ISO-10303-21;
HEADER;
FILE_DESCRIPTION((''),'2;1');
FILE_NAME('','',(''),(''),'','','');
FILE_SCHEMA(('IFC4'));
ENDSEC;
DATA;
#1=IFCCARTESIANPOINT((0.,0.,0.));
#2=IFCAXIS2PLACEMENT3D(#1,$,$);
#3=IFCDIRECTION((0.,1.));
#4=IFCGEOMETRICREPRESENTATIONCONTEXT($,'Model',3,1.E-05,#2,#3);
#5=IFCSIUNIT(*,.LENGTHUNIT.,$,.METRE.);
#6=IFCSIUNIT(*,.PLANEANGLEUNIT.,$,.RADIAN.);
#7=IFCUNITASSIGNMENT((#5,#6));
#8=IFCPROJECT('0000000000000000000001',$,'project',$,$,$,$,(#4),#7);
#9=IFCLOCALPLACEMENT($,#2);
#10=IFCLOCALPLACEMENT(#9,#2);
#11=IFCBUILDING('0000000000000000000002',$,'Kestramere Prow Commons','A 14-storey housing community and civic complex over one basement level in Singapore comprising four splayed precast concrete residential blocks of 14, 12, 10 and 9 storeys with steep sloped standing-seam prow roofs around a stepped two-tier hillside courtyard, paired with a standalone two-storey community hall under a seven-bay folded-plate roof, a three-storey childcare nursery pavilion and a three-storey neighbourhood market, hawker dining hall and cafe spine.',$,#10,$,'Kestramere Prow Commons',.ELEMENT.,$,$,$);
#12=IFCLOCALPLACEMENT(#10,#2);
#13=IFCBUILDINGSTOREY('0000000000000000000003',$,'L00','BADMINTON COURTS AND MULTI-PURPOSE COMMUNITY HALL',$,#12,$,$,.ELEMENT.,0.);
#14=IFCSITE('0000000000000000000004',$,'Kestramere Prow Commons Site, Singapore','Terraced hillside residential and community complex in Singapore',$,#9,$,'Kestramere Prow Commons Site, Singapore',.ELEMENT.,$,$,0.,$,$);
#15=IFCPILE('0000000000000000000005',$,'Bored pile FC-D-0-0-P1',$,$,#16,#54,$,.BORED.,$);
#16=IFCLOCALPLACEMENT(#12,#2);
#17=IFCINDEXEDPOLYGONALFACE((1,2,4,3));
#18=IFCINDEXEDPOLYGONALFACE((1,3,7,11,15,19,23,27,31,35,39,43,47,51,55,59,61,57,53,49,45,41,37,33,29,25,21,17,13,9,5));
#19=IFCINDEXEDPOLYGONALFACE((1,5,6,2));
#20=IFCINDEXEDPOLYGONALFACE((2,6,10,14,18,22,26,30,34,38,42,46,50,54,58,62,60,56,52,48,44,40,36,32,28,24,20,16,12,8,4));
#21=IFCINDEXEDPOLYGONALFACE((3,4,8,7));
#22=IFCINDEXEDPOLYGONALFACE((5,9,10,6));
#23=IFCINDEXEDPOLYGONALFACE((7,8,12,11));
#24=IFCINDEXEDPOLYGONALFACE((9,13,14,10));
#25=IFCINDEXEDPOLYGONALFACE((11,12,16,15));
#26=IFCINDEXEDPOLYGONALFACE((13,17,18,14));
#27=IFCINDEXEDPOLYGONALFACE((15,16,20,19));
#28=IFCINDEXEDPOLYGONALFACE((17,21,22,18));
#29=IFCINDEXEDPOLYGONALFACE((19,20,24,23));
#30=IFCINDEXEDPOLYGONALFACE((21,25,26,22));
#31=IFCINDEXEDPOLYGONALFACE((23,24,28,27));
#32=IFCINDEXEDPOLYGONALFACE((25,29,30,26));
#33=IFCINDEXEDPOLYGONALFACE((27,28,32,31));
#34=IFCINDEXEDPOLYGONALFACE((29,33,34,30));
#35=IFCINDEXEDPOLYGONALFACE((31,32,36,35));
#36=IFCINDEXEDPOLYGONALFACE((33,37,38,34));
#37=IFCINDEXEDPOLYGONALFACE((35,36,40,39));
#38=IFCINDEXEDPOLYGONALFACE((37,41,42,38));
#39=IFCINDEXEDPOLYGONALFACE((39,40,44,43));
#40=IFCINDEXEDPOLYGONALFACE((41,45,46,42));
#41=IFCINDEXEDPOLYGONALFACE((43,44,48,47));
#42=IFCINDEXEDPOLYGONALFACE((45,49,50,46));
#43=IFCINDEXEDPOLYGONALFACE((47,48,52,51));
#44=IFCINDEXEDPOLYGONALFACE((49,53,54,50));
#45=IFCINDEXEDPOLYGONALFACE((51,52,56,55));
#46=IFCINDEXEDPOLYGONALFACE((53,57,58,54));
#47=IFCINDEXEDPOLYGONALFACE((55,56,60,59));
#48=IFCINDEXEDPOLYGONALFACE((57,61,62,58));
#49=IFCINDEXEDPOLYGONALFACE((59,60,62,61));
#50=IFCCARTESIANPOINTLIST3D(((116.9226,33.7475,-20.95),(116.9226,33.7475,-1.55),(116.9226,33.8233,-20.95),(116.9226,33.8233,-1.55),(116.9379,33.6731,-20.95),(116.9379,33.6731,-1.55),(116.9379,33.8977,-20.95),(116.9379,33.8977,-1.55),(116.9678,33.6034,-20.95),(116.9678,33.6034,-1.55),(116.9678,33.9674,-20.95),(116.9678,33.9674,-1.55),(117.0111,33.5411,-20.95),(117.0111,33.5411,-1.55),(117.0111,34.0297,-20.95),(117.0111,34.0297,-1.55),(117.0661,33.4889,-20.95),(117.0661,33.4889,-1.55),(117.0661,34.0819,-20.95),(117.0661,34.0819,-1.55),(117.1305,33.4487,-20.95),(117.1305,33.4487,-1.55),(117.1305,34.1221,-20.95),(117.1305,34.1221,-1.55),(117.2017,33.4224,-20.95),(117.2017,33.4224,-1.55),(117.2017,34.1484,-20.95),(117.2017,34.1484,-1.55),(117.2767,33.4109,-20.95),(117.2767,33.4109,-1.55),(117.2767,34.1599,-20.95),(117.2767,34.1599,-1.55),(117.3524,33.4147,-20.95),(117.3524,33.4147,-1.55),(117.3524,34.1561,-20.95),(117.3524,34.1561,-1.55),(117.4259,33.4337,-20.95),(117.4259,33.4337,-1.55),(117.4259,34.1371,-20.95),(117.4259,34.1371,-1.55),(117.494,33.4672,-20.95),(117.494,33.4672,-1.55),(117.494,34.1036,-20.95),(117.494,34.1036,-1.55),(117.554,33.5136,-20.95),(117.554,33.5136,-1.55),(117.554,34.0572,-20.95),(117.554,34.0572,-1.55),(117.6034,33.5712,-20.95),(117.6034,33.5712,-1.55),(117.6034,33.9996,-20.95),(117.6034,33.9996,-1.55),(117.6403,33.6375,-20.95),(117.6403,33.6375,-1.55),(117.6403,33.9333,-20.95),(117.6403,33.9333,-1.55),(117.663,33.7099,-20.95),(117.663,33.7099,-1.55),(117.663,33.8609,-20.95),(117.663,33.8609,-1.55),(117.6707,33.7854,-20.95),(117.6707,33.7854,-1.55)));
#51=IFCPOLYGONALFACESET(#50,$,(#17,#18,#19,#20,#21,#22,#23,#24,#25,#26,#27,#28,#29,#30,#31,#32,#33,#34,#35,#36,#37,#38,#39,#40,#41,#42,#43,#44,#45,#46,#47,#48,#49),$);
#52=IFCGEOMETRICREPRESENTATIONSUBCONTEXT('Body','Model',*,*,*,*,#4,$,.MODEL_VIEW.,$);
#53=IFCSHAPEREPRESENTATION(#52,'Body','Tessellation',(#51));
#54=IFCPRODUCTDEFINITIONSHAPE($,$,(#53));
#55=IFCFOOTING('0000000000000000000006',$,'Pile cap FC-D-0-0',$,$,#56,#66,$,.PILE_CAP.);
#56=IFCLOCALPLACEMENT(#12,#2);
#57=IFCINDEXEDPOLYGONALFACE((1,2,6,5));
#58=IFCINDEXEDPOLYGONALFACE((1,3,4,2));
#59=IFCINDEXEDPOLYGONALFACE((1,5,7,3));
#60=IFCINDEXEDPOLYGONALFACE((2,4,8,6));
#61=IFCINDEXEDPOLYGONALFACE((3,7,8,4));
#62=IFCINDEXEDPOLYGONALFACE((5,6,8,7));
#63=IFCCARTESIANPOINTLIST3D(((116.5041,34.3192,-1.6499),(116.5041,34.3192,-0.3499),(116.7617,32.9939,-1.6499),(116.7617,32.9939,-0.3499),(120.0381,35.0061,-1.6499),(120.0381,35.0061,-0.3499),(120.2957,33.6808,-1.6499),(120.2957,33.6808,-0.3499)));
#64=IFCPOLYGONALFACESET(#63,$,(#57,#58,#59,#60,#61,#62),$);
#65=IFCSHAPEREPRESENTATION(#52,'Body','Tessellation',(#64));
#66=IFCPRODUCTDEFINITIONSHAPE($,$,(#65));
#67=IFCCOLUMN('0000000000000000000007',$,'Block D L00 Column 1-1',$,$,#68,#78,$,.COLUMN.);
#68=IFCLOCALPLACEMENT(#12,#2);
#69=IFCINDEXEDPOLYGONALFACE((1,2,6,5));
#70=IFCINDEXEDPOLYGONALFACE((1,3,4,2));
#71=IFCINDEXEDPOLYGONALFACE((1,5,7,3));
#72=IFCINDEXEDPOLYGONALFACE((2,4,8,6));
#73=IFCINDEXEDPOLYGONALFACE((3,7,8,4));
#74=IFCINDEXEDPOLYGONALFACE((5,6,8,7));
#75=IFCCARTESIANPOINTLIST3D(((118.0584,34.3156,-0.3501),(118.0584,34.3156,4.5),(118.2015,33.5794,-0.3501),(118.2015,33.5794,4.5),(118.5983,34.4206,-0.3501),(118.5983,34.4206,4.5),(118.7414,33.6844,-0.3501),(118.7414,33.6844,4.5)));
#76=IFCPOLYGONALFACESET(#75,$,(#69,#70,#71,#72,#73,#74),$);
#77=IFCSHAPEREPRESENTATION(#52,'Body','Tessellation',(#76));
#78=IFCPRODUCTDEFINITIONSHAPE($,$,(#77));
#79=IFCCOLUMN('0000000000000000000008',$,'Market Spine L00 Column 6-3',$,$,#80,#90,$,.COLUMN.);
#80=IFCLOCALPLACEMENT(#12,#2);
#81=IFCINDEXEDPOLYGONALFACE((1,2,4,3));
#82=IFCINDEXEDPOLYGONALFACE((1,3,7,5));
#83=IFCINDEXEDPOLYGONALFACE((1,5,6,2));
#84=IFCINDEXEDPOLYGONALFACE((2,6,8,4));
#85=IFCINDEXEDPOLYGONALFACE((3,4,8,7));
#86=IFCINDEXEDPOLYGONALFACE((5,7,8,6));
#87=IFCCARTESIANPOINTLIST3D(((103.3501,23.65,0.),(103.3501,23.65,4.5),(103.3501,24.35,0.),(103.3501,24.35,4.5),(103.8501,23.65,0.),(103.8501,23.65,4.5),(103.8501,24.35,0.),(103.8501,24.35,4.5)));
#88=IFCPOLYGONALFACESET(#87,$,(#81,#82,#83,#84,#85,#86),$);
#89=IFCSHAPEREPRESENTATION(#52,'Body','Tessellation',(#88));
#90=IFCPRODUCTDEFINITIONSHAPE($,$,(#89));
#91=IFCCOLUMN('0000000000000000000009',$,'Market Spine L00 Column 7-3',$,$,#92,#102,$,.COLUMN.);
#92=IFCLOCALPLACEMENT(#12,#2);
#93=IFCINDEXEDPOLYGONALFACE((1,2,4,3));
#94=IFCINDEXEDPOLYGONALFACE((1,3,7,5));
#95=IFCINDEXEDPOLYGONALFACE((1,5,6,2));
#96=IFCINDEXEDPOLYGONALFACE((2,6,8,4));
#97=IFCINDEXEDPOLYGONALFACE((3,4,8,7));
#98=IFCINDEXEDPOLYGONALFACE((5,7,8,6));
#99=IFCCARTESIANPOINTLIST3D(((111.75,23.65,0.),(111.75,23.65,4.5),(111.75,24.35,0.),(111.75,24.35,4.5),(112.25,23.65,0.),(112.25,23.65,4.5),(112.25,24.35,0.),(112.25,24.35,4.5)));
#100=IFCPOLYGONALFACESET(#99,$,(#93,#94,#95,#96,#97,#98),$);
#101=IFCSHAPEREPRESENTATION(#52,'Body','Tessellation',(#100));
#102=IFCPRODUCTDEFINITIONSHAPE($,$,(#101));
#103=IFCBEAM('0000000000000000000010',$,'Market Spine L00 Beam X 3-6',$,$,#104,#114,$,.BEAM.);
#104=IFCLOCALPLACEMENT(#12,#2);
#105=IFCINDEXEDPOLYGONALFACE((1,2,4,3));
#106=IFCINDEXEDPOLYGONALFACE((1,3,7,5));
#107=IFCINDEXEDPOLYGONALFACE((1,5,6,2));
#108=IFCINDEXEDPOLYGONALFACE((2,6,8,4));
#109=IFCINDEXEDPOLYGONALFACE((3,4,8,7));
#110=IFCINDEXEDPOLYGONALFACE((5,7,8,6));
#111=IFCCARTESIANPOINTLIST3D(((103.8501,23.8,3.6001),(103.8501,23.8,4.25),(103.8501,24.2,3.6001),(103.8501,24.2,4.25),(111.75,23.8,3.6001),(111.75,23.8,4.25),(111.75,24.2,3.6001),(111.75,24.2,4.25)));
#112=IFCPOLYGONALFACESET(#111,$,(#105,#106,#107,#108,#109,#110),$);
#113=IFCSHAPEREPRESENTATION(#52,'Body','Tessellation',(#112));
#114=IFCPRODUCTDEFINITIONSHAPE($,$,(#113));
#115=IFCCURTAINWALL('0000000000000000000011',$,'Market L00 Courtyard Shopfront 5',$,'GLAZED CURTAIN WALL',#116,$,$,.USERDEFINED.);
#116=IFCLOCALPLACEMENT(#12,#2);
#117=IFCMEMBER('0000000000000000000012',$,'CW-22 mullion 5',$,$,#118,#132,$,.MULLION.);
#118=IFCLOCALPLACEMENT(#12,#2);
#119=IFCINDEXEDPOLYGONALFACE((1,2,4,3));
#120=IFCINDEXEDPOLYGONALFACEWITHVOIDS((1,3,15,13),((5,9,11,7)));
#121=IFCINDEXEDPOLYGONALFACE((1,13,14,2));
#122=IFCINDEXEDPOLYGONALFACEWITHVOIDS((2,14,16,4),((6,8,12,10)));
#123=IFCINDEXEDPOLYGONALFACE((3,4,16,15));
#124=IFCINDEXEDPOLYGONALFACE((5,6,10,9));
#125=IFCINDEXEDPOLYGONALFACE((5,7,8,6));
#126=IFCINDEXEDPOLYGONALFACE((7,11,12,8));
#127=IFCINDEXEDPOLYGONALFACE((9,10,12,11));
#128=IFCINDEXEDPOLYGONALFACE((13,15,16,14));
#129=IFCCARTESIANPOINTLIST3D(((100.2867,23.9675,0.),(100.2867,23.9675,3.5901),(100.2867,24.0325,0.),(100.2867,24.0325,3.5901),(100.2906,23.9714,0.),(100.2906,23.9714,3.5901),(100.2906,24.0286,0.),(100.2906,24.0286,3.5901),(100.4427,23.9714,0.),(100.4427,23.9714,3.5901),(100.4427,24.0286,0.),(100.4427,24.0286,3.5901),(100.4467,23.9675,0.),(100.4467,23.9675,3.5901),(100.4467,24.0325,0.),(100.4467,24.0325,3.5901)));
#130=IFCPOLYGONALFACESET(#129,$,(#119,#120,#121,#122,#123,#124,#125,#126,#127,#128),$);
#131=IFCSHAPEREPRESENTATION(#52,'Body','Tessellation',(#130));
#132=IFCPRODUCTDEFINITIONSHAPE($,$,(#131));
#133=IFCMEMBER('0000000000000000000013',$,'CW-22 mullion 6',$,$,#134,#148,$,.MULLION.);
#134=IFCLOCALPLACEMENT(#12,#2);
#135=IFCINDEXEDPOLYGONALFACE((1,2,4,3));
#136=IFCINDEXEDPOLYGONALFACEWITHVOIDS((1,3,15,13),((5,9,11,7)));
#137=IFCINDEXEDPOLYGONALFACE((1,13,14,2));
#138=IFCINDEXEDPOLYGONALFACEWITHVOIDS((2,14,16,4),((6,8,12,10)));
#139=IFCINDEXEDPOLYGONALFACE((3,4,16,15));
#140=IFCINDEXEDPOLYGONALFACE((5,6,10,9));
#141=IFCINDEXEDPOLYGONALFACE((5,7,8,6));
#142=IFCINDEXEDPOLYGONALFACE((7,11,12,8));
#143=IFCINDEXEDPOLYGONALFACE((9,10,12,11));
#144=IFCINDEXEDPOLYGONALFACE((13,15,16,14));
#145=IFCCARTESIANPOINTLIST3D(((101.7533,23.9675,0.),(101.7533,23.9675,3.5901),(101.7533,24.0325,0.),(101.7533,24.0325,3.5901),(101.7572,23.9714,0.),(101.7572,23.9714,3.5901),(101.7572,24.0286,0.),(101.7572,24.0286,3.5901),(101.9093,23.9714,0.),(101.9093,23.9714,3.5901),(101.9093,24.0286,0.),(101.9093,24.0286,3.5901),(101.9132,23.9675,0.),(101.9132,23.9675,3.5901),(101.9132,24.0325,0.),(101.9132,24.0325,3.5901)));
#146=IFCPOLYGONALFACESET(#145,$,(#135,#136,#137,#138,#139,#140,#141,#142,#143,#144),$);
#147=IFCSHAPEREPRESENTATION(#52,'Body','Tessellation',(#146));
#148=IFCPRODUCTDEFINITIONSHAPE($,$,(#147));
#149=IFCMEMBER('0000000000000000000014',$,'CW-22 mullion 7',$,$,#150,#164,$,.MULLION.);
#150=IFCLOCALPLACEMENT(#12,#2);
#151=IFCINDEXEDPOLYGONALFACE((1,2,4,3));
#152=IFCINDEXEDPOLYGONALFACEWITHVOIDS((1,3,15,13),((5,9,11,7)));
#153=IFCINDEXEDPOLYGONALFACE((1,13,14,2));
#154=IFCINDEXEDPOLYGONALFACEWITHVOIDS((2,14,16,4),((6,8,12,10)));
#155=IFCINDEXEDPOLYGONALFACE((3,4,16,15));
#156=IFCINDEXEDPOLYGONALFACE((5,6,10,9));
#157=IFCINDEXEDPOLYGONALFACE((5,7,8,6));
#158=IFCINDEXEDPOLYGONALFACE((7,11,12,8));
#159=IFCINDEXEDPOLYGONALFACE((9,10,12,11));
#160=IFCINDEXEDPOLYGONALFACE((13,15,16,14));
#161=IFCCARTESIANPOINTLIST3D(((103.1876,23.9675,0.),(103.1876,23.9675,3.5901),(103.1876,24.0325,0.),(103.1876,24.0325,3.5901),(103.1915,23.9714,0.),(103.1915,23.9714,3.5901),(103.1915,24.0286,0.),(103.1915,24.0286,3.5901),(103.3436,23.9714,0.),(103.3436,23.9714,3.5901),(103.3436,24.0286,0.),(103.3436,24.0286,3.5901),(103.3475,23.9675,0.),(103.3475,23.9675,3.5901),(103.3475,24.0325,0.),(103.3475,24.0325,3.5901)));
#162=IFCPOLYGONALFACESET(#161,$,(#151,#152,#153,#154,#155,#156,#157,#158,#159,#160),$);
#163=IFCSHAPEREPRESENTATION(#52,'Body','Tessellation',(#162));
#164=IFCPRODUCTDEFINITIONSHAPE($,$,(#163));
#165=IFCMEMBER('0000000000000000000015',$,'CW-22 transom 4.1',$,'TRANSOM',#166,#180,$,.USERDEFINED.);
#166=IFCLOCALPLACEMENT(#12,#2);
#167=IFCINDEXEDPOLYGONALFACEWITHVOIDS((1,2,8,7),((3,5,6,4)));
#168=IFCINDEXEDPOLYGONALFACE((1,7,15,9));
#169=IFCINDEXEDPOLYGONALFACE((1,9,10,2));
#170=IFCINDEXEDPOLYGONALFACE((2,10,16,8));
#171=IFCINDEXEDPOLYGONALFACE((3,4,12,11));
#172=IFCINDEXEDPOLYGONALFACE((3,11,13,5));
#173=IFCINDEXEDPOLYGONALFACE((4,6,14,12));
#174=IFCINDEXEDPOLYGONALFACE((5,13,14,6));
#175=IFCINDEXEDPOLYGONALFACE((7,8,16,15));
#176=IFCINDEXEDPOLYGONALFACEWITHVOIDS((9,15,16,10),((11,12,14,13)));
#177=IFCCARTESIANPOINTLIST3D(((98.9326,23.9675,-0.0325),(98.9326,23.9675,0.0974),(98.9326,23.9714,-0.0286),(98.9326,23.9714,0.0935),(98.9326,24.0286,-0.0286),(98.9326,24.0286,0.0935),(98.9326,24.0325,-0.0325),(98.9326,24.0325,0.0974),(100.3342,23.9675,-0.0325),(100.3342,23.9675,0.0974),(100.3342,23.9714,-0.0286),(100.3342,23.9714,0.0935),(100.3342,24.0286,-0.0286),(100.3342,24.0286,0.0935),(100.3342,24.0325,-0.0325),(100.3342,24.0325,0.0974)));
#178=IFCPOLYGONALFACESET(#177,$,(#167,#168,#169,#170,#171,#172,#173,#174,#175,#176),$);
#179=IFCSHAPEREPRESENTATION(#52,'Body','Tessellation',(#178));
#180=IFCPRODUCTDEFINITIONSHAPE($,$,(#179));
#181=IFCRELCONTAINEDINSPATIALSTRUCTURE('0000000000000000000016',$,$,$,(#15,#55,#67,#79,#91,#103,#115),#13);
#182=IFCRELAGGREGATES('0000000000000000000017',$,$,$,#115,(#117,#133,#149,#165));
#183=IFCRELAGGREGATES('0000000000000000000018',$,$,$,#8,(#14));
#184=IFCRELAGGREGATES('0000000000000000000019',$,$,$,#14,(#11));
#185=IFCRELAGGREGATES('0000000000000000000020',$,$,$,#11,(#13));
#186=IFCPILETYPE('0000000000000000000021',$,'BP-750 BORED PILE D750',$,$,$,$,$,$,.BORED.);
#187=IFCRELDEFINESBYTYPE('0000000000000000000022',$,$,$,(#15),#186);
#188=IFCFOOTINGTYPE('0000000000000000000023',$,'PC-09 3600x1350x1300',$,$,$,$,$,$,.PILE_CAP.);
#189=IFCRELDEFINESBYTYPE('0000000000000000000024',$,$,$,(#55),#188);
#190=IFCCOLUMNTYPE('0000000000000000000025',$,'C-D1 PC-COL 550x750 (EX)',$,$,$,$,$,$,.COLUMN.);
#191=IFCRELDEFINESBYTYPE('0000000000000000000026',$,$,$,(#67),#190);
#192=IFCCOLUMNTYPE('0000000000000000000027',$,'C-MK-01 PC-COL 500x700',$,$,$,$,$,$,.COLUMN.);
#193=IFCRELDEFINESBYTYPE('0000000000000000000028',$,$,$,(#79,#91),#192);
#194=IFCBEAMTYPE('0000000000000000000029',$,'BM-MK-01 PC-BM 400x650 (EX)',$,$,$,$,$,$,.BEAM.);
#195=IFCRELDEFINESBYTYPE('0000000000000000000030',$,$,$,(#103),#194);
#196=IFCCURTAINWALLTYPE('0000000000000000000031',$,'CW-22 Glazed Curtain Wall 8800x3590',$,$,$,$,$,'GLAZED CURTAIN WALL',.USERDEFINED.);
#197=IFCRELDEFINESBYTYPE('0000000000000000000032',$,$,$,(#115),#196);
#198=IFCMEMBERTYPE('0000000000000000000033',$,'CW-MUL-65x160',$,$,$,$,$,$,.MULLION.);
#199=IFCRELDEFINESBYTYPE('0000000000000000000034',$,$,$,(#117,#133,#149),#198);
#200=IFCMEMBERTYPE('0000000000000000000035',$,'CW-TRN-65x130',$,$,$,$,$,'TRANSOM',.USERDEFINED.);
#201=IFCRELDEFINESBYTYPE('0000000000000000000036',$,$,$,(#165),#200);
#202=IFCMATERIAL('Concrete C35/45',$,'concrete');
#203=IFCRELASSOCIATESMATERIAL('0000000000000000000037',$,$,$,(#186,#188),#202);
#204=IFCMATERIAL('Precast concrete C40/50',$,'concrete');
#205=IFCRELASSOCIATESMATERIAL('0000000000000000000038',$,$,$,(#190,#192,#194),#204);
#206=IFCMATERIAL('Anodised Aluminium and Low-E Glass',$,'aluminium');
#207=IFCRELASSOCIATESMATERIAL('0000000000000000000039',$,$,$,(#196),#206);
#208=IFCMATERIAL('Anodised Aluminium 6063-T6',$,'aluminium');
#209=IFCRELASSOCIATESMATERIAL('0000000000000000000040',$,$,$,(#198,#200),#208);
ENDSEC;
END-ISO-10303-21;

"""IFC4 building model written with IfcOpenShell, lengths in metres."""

from ifc_helpers import new_model, si_unit, direction, frame, origin, origin_2d, place, context, subcontext, project, spatial, rectangle, hollow_rectangle, circle, extrude, material, material_profile, profile_set, type_object, element, aggregate, save


model = new_model("IFC4")

# Units and contexts
model_context = context("Model", 3, precision=1e-05, world=origin(), true_north=direction((0.0, 1.0)))
body_context = subcontext(model_context, "Body", "Model", "MODEL_VIEW")
ifc_project = project(units=[si_unit("LENGTHUNIT", "METRE"), si_unit("PLANEANGLEUNIT", "RADIAN")], contexts=[model_context])

# Site, building, storey
site_placement = place(None, origin())
site = spatial("IfcSite", under=ifc_project, at=site_placement, Name="Kestramere Prow Commons Site, Singapore", Description="Terraced hillside residential and community complex in Singapore", LongName="Kestramere Prow Commons Site, Singapore", CompositionType="ELEMENT", RefElevation=0.0)
building_placement = place(site_placement, origin())
building = spatial("IfcBuilding", under=site, at=building_placement, Name="Kestramere Prow Commons", Description="A 14-storey housing community and civic complex over one basement level in Singapore comprising four splayed precast concrete residential blocks of 14, 12, 10 and 9 storeys with steep sloped standing-seam prow roofs around a stepped two-tier hillside courtyard, paired with a standalone two-storey community hall under a seven-bay folded-plate roof, a three-storey childcare nursery pavilion and a three-storey neighbourhood market, hawker dining hall and cafe spine.", LongName="Kestramere Prow Commons", CompositionType="ELEMENT")
storey_placement = place(building_placement, origin())
storey = spatial("IfcBuildingStorey", under=building, at=storey_placement, Name="L00", Description="BADMINTON COURTS AND MULTI-PURPOSE COMMUNITY HALL", CompositionType="ELEMENT", Elevation=0.0)

# Pile
ifc_material_1 = material(Name="Concrete C35/45", Category="concrete")
ifc_material_profile_1 = material_profile(ifc_material_1, circle(Radius=0.375, at=origin_2d()), Name="BORED PILE D750")
ifc_profile_set_1 = profile_set([ifc_material_profile_1], Name="Concrete C35/45")
pile_type = type_object("IfcPileType", Name="BP-750 BORED PILE D750", PredefinedType="BORED", material=ifc_profile_set_1)
pile_placement = place(storey_placement, frame((117.2957, 33.7854, -1.55), z_axis=(0.0, 0.0, -1.0), x_axis=(1.0, 0.0, 0.0)))
element("IfcPile", 1, at=pile_placement, inside=storey, type_object=pile_type, Name="Bored pile FC-D-0-0-P1", PredefinedType="BORED", context=body_context, shape_type="SweptSolid", body=[
    extrude(circle(Radius=0.375, at=origin_2d()), origin(), (0.0, 0.0, 1.0), 19.3999),
])

# Footing
footing_type = type_object("IfcFootingType", Name="PC-09 3600x1350x1300", PredefinedType="PILE_CAP", material=ifc_material_1)
footing_placement = place(storey_placement, frame((118.3999, 34.0, -1.6499), z_axis=(0.0, 0.0, 1.0), x_axis=(0.981627, 0.190809, 0.0)))
element("IfcFooting", 2, at=footing_placement, inside=storey, type_object=footing_type, Name="Pile cap FC-D-0-0", PredefinedType="PILE_CAP", context=body_context, shape_type="SweptSolid", body=[
    extrude(rectangle(XDim=3.6001, YDim=1.3501, at=origin_2d()), origin(), (0.0, 0.0, 1.0), 1.3),
])

# Columns
ifc_material_2 = material(Name="Precast concrete C40/50", Category="concrete")
ifc_material_profile_2 = material_profile(ifc_material_2, rectangle(XDim=0.55, YDim=0.75, at=origin_2d()), Name="PC-COL 550x750")
ifc_profile_set_2 = profile_set([ifc_material_profile_2], Name="Precast concrete C40/50")
column_type_1 = type_object("IfcColumnType", Name="C-D1 PC-COL 550x750 (EX)", PredefinedType="COLUMN", material=ifc_profile_set_2)
column_placement = place(storey_placement, frame((118.3999, 34.0, -0.3501), z_axis=(0.0, 0.0, 1.0), x_axis=(0.981627, 0.190809, 0.0)))
element("IfcColumn", 3, at=column_placement, inside=storey, type_object=column_type_1, Name="Block D L00 Column 1-1", PredefinedType="COLUMN", context=body_context, shape_type="SweptSolid", body=[
    extrude(rectangle(XDim=0.55, YDim=0.75, at=origin_2d()), origin(), (0.0, 0.0, 1.0), 4.8501),
])
ifc_material_profile_3 = material_profile(ifc_material_2, rectangle(XDim=0.5, YDim=0.7, at=origin_2d()), Name="PC-COL 500x700")
ifc_profile_set_3 = profile_set([ifc_material_profile_3], Name="Precast concrete C40/50")
column_type_2 = type_object("IfcColumnType", Name="C-MK-01 PC-COL 500x700", PredefinedType="COLUMN", material=ifc_profile_set_3)
for number, where, z_axis, x_axis, name in (
    (4, (103.6001, 24.0, 0.0), (0.0, 0.0, 1.0), (1.0, 0.0, 0.0), "Market Spine L00 Column 6-3"),
    (5, (112.0, 24.0, 0.0), (0.0, 0.0, 1.0), (1.0, 0.0, 0.0), "Market Spine L00 Column 7-3"),
):
    element("IfcColumn", number, at=place(storey_placement, frame(where, z_axis=z_axis, x_axis=x_axis)), inside=storey, type_object=column_type_2, Name=name, PredefinedType="COLUMN", context=body_context, shape_type="SweptSolid", body=[
        extrude(rectangle(XDim=0.5, YDim=0.7, at=origin_2d()), origin(), (0.0, 0.0, 1.0), 4.5),
    ])

# Beam
ifc_material_profile_4 = material_profile(ifc_material_2, rectangle(XDim=0.3999, YDim=0.6499, at=origin_2d()), Name="PC-BM 400x650")
ifc_profile_set_4 = profile_set([ifc_material_profile_4], Name="Precast concrete C40/50")
beam_type_1 = type_object("IfcBeamType", Name="BM-MK-01 PC-BM 400x650 (EX)", PredefinedType="BEAM", material=ifc_profile_set_4)
beam_1_placement = place(storey_placement, frame((103.8501, 24.0, 3.925), z_axis=(1.0, 0.0, 0.0), x_axis=(0.0, 1.0, 0.0)))
element("IfcBeam", 6, at=beam_1_placement, inside=storey, type_object=beam_type_1, Name="Market Spine L00 Beam X 3-6", PredefinedType="BEAM", context=body_context, shape_type="SweptSolid", body=[
    extrude(rectangle(XDim=0.3999, YDim=0.6499, at=origin_2d()), origin(), (0.0, 0.0, 1.0), 7.8999),
])

# Curtain wall, members
ifc_material_3 = material(Name="Anodised Aluminium and Low-E Glass", Category="aluminium")
curtain_wall_type = type_object("IfcCurtainWallType", Name="CW-22 Glazed Curtain Wall 8800x3590", ElementType="GLAZED CURTAIN WALL", PredefinedType="USERDEFINED", material=ifc_material_3)
curtain_wall_placement = place(storey_placement, origin())
curtain_wall = element("IfcCurtainWall", 7, at=curtain_wall_placement, inside=storey, type_object=curtain_wall_type, Name="Market L00 Courtyard Shopfront 5", ObjectType="GLAZED CURTAIN WALL", PredefinedType="USERDEFINED")
ifc_material_4 = material(Name="Anodised Aluminium 6063-T6", Category="aluminium")
ifc_material_profile_5 = material_profile(ifc_material_4, hollow_rectangle(XDim=0.0649, YDim=0.1599, WallThickness=0.0039, at=origin_2d()), Name="ALU-MUL 65x160")
ifc_profile_set_5 = profile_set([ifc_material_profile_5], Name="Anodised Aluminium 6063-T6")
member_type_1 = type_object("IfcMemberType", Name="CW-MUL-65x160", PredefinedType="MULLION", material=ifc_profile_set_5)
member_1_placement = place(storey_placement, frame((100.3667, 24.0, 0.0), z_axis=(0.0, 0.0, 1.0), x_axis=(0.0, 1.0, 0.0)))
member_1 = element("IfcMember", 8, at=member_1_placement, type_object=member_type_1, Name="CW-22 mullion 5", PredefinedType="MULLION", context=body_context, shape_type="SweptSolid", body=[
    extrude(hollow_rectangle(XDim=0.0649, YDim=0.1599, WallThickness=0.0039, at=origin_2d()), origin(), (0.0, 0.0, 1.0), 3.5901),
])
member_2_placement = place(storey_placement, frame((101.8333, 24.0, 0.0), z_axis=(0.0, 0.0, 1.0), x_axis=(0.0, 1.0, 0.0)))
member_2 = element("IfcMember", 9, at=member_2_placement, type_object=member_type_1, Name="CW-22 mullion 6", PredefinedType="MULLION", context=body_context, shape_type="SweptSolid", body=[
    extrude(hollow_rectangle(XDim=0.0649, YDim=0.1599, WallThickness=0.0039, at=origin_2d()), origin(), (0.0, 0.0, 1.0), 3.5901),
])
member_3_placement = place(storey_placement, frame((103.2676, 24.0, 0.0), z_axis=(0.0, 0.0, 1.0), x_axis=(0.0, 1.0, 0.0)))
member_3 = element("IfcMember", 10, at=member_3_placement, type_object=member_type_1, Name="CW-22 mullion 7", PredefinedType="MULLION", context=body_context, shape_type="SweptSolid", body=[
    extrude(hollow_rectangle(XDim=0.0649, YDim=0.1599, WallThickness=0.0039, at=origin_2d()), origin(), (0.0, 0.0, 1.0), 3.5901),
])
ifc_material_profile_6 = material_profile(ifc_material_4, hollow_rectangle(XDim=0.0649, YDim=0.1299, WallThickness=0.0039, at=origin_2d()), Name="ALU-TRN 65x130")
ifc_profile_set_6 = profile_set([ifc_material_profile_6], Name="Anodised Aluminium 6063-T6")
member_type_2 = type_object("IfcMemberType", Name="CW-TRN-65x130", ElementType="TRANSOM", PredefinedType="USERDEFINED", material=ifc_profile_set_6)
member_4_placement = place(storey_placement, frame((98.9326, 24.0, 0.0325), z_axis=(1.0, 0.0, 0.0), x_axis=(0.0, 1.0, 0.0)))
member_4 = element("IfcMember", 11, at=member_4_placement, type_object=member_type_2, Name="CW-22 transom 4.1", ObjectType="TRANSOM", PredefinedType="USERDEFINED", context=body_context, shape_type="SweptSolid", body=[
    extrude(hollow_rectangle(XDim=0.0649, YDim=0.1299, WallThickness=0.0039, at=origin_2d()), origin(), (0.0, 0.0, 1.0), 1.4016),
])

aggregate(curtain_wall, [member_1, member_2, member_3, member_4])

save(model, "model.ifc")
